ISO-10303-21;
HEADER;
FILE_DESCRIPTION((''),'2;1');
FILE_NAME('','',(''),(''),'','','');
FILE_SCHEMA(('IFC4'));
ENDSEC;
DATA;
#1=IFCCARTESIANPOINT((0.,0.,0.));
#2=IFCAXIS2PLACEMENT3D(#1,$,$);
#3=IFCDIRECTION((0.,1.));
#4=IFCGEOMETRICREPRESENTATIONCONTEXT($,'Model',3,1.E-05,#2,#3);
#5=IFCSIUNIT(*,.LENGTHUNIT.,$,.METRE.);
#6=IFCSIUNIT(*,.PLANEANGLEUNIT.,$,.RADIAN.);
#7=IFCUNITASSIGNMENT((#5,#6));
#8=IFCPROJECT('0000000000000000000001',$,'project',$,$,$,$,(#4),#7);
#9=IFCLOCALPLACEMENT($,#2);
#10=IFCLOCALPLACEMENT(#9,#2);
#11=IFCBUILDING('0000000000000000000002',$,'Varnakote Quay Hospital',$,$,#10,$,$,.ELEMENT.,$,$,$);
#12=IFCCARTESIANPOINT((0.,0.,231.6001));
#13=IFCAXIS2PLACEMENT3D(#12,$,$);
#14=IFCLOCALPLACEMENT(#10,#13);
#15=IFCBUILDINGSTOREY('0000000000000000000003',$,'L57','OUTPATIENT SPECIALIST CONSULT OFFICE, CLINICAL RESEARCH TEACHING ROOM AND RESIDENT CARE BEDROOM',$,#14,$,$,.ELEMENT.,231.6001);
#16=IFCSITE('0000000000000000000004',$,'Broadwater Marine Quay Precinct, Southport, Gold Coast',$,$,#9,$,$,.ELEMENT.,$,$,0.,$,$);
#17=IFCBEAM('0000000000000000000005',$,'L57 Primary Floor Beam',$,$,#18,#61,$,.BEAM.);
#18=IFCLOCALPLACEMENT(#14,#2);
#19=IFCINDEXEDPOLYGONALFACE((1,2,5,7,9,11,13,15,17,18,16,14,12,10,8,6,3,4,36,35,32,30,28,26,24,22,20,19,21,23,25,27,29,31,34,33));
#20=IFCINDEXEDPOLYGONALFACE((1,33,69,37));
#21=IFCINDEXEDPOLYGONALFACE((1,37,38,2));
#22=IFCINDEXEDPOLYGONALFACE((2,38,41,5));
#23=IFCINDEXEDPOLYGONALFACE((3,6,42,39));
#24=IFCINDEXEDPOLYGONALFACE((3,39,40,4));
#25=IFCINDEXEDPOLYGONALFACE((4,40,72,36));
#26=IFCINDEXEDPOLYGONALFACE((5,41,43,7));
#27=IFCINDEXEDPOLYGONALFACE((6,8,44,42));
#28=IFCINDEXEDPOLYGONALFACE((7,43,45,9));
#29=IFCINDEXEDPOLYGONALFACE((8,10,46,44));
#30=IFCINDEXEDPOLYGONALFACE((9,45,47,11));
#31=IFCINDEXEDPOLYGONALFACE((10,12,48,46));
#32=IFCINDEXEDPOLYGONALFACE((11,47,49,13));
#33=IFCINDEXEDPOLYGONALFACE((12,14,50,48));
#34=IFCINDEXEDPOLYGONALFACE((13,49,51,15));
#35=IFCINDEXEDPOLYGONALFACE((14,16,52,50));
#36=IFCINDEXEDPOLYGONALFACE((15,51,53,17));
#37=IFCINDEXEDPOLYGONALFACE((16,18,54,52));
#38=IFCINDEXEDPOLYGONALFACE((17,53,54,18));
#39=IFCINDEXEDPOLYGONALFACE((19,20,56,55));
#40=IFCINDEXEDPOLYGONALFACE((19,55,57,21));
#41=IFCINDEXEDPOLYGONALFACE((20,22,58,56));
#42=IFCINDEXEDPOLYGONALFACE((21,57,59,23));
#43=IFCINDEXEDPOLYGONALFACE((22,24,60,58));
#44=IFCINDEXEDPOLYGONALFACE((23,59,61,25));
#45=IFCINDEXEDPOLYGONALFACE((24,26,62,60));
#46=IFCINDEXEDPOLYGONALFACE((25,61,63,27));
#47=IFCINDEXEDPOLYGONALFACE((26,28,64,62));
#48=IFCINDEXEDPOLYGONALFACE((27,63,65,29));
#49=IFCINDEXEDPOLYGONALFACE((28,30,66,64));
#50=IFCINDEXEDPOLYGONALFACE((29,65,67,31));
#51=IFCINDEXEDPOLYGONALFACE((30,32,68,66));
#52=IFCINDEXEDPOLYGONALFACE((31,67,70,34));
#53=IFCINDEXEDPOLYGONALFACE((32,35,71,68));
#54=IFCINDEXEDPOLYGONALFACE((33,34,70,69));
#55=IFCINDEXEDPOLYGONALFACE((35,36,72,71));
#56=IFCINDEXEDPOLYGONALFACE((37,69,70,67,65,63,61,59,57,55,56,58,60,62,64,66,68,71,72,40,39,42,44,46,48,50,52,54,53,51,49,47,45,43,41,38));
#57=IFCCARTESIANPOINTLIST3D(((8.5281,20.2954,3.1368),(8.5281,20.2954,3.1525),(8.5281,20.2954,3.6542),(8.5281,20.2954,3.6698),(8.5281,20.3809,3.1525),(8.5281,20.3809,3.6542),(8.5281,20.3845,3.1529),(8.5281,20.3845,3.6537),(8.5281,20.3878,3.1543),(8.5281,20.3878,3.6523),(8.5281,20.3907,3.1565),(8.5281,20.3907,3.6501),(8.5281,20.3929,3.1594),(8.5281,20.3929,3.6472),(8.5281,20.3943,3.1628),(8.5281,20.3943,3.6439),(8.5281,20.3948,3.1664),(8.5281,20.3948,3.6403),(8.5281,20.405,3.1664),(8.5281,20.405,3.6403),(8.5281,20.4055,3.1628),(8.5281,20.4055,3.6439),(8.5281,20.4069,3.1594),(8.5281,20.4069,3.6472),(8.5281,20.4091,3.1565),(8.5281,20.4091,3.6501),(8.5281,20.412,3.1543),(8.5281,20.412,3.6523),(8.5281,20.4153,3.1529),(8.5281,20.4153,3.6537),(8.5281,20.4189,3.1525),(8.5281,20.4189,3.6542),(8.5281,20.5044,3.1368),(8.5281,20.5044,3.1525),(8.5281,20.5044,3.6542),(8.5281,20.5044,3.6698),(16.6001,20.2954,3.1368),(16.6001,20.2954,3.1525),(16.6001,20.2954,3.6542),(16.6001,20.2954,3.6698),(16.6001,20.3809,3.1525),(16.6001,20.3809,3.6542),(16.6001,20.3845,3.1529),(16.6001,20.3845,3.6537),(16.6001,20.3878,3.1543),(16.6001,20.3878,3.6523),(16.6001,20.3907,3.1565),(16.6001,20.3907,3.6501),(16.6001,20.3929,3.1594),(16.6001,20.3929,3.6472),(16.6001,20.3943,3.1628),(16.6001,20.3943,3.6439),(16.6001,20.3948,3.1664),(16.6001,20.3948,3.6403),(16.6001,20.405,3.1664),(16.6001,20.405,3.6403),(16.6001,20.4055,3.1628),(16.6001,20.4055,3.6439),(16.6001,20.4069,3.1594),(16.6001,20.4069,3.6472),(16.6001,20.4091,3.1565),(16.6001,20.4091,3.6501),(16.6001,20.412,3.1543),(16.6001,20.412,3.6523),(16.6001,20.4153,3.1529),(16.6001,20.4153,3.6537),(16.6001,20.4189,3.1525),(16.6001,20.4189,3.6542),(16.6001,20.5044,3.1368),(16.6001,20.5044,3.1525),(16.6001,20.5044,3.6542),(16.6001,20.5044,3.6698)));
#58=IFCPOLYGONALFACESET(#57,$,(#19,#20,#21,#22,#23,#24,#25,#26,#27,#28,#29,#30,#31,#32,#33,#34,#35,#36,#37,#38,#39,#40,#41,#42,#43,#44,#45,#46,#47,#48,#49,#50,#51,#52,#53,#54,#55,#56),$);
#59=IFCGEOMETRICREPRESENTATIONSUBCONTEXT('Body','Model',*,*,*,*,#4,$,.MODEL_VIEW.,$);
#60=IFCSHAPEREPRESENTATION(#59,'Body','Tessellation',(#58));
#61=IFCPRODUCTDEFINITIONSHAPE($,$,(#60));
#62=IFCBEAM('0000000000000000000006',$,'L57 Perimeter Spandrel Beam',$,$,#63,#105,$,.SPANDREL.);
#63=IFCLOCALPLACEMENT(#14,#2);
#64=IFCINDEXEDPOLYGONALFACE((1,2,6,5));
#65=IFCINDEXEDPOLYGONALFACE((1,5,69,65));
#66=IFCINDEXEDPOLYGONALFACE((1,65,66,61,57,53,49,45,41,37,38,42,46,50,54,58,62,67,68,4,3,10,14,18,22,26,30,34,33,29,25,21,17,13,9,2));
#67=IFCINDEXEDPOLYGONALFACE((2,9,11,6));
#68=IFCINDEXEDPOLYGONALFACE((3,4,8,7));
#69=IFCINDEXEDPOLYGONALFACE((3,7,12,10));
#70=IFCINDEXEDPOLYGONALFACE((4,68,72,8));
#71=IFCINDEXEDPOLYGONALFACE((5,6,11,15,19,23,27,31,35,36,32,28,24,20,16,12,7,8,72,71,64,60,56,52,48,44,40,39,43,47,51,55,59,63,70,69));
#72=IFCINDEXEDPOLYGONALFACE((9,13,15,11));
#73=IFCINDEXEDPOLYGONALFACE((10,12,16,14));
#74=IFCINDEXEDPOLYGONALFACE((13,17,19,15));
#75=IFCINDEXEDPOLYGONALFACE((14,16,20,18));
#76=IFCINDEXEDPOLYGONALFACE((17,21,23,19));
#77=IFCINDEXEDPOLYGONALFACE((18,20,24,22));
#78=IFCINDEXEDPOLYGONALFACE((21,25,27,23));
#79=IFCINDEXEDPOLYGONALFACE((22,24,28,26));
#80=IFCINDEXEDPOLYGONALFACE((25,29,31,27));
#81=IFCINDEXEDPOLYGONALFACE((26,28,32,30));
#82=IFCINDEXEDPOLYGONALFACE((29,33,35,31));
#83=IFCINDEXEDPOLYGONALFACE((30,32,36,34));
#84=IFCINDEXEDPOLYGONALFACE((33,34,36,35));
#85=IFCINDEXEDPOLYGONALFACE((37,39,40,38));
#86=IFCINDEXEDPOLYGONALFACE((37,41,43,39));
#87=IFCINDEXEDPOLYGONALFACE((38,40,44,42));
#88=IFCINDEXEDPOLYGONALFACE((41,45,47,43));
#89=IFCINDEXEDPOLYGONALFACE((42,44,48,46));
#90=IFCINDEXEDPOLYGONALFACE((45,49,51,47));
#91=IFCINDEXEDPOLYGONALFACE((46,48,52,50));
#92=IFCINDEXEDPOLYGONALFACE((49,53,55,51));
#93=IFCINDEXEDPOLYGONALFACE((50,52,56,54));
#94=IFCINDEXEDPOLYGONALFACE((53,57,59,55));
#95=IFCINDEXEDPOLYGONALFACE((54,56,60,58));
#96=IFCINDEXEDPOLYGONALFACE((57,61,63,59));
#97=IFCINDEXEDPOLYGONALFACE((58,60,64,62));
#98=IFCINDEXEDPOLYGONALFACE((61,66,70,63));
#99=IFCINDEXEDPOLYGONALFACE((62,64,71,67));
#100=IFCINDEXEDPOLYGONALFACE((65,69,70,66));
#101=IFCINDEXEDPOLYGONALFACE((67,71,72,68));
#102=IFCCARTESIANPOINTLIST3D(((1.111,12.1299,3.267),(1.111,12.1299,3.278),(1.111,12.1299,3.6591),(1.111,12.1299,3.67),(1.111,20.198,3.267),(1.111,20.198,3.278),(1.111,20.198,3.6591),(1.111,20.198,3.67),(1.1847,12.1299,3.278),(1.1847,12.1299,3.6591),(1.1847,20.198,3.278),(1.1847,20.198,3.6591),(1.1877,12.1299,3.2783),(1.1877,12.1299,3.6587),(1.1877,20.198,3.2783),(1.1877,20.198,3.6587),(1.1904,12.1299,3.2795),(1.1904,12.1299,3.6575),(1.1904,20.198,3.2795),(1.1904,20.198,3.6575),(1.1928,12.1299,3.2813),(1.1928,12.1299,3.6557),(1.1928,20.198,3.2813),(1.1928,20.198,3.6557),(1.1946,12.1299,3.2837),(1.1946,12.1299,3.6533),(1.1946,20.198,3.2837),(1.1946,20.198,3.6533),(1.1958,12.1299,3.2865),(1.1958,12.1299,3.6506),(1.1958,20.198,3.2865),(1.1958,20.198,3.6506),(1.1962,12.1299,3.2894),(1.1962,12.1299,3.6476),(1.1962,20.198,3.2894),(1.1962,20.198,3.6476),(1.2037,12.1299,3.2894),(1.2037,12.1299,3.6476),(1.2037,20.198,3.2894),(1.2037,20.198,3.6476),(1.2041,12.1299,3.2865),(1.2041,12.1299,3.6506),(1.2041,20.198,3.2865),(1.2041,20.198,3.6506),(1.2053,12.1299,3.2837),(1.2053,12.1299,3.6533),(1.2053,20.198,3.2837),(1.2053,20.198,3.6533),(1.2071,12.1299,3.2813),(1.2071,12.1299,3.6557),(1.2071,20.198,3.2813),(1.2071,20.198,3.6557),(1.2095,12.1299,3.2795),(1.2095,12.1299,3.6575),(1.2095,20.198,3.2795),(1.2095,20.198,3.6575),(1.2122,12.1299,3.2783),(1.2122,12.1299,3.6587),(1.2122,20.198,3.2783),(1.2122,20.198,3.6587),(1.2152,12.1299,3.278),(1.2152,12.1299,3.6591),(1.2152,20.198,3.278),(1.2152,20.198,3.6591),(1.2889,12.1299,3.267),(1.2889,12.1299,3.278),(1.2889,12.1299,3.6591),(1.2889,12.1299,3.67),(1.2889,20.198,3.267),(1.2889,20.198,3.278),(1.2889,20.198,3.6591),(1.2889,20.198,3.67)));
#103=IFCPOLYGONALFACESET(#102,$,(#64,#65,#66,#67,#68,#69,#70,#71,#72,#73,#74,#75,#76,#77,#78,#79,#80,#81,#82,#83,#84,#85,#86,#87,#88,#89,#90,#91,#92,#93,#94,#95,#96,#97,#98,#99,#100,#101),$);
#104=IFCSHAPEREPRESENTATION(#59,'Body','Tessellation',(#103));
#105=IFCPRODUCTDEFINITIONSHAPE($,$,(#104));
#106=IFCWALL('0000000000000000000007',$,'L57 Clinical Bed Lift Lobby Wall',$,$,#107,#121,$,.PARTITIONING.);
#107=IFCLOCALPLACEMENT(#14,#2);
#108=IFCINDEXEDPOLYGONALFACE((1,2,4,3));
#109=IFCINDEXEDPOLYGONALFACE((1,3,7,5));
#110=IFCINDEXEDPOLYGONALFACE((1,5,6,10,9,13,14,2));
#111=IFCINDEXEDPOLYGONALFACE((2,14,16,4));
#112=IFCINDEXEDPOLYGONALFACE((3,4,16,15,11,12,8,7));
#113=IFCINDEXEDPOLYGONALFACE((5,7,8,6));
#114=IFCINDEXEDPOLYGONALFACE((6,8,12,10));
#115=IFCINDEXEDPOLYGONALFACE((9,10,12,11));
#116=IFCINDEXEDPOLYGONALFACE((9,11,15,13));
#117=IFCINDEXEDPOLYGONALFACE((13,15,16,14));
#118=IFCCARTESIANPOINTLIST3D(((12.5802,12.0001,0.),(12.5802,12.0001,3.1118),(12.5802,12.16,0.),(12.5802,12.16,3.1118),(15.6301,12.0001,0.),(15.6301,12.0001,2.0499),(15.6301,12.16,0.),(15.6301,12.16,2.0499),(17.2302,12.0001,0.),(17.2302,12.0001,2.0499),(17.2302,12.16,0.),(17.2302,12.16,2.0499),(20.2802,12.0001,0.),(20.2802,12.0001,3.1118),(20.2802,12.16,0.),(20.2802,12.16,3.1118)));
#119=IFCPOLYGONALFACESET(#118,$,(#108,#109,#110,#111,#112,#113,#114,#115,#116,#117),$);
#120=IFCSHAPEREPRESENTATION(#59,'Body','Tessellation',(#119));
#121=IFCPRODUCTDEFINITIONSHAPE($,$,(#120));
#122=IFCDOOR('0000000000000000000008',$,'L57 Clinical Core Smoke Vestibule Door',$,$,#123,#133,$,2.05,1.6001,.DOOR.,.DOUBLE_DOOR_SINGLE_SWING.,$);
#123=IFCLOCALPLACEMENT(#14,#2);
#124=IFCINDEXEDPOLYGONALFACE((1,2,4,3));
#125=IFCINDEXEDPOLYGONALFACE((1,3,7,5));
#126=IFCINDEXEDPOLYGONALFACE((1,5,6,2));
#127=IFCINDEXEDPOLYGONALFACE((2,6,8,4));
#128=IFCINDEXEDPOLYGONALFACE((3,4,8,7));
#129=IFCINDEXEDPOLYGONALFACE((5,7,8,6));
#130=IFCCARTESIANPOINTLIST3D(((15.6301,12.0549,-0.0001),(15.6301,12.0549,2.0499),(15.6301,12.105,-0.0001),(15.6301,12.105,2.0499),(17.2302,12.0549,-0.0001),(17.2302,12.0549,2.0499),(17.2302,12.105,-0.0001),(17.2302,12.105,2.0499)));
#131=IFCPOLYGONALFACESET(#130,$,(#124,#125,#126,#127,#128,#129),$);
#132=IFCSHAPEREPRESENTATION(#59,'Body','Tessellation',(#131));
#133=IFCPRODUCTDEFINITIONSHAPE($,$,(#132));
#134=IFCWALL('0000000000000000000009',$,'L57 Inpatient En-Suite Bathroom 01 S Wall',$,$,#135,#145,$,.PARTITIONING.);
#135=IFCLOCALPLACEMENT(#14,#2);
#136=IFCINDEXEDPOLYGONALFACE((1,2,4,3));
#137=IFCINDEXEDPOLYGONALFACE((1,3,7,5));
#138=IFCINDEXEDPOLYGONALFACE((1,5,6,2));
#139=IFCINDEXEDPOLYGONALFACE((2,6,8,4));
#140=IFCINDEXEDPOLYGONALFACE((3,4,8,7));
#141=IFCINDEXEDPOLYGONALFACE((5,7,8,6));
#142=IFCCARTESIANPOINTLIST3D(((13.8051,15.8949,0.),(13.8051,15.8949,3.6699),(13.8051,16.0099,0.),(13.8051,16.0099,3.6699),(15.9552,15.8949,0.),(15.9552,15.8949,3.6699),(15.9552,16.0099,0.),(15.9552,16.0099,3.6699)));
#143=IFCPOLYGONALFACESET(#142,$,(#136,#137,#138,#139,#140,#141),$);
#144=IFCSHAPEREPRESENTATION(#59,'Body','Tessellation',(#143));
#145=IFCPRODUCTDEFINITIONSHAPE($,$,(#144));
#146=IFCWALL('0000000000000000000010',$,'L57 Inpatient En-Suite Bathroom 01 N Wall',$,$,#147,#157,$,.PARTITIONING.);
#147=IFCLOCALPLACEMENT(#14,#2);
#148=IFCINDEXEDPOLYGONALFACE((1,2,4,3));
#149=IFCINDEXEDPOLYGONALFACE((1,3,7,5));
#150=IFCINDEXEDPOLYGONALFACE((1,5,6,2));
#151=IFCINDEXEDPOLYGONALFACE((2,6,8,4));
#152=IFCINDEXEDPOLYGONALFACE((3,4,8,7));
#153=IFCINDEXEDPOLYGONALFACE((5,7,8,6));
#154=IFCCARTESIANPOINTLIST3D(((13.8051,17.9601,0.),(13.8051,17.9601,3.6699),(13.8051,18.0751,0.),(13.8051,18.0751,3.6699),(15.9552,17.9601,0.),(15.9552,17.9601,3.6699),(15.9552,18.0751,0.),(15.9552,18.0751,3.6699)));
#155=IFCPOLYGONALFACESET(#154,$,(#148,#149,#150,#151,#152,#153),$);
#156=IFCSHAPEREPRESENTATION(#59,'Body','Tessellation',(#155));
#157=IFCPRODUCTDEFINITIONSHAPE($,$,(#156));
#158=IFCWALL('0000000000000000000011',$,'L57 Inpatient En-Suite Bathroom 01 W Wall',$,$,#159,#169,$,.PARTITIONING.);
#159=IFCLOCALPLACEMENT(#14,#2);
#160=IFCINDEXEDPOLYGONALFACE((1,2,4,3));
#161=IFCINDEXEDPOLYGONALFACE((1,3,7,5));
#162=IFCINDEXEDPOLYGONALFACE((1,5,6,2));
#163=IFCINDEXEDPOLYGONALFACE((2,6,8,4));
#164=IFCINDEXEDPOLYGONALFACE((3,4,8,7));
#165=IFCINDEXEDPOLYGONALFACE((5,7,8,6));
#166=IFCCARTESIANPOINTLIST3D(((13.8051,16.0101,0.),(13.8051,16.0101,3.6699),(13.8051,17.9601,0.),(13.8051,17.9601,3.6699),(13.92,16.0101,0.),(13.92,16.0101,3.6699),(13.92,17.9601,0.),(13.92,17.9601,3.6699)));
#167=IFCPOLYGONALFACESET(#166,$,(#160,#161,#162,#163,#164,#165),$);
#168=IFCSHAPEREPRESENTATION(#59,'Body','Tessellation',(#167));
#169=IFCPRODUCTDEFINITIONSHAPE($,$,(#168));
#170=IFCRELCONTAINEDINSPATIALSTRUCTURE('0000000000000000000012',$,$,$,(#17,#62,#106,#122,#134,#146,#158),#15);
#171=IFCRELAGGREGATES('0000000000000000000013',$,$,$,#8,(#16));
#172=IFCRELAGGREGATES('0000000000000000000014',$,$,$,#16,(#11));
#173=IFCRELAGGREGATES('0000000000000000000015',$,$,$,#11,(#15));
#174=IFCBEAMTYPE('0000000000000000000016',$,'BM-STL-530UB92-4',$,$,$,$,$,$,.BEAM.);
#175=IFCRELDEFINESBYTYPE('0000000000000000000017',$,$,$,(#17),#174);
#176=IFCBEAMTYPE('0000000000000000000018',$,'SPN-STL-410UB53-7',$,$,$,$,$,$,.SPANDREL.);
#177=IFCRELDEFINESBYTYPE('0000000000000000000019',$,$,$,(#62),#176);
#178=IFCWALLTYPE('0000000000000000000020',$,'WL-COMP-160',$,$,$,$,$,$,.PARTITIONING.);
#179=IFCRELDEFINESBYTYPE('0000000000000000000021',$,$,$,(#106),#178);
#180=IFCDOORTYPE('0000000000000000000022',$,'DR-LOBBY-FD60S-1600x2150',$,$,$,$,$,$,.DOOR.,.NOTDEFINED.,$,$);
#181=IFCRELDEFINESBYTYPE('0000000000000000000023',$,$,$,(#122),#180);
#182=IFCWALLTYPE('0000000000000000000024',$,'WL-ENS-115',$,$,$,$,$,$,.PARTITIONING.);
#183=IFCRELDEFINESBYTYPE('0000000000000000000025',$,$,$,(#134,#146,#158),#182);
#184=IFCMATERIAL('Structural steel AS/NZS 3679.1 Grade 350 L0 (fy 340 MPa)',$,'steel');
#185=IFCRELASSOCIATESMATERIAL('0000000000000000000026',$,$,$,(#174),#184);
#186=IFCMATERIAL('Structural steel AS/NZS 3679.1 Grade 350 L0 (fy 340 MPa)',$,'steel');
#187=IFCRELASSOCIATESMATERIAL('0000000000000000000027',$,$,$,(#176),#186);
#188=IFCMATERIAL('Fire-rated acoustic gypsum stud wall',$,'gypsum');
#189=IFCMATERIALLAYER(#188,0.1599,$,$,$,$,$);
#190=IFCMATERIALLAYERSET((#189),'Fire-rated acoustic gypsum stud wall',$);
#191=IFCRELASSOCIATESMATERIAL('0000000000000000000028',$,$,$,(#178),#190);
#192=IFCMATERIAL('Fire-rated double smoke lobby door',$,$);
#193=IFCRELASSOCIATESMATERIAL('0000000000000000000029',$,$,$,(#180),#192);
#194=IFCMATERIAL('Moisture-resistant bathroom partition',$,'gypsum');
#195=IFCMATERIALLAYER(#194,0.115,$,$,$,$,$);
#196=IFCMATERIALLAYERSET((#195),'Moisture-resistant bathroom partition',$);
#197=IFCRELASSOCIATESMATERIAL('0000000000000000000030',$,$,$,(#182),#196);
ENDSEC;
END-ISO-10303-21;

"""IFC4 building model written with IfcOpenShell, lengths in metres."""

from ifc_helpers import new_model, si_unit, direction, frame, frame_2d, origin, origin_2d, place, context, subcontext, project, spatial, rectangle, i_section, extrude, material, layer, layer_set, material_profile, profile_set, type_object, element, fill, save


model = new_model("IFC4")

# Units and contexts
model_context = context("Model", 3, precision=1e-05, world=origin(), true_north=direction((0.0, 1.0)))
body_context = subcontext(model_context, "Body", "Model", "MODEL_VIEW")
ifc_project = project(units=[si_unit("LENGTHUNIT", "METRE"), si_unit("PLANEANGLEUNIT", "RADIAN")], contexts=[model_context])

# Site, building, storey
site_placement = place(None, origin())
site = spatial("IfcSite", under=ifc_project, at=site_placement, Name="Broadwater Marine Quay Precinct, Southport, Gold Coast", CompositionType="ELEMENT", RefElevation=0.0)
building_placement = place(site_placement, origin())
building = spatial("IfcBuilding", under=site, at=building_placement, Name="Varnakote Quay Hospital", CompositionType="ELEMENT")
storey_placement = place(building_placement, frame((0.0, 0.0, 231.6001)))
storey = spatial("IfcBuildingStorey", under=building, at=storey_placement, Name="L57", Description="OUTPATIENT SPECIALIST CONSULT OFFICE, CLINICAL RESEARCH TEACHING ROOM AND RESIDENT CARE BEDROOM", CompositionType="ELEMENT", Elevation=231.6001)

# Beams
ifc_material_1 = material(Name="Structural steel AS/NZS 3679.1 Grade 350 L0 (fy 340 MPa)", Category="steel")
ifc_material_profile_1 = material_profile(ifc_material_1, i_section(OverallWidth=0.209, OverallDepth=0.533, WebThickness=0.0103, FlangeThickness=0.0156, FilletRadius=0.0139, at=origin_2d()), Name="530UB92.4")
ifc_profile_set_1 = profile_set([ifc_material_profile_1], Name="Structural steel AS/NZS 3679.1 Grade 350 L0 (fy 340 MPa)")
beam_type_1 = type_object("IfcBeamType", Name="BM-STL-530UB92-4", PredefinedType="BEAM", material=ifc_profile_set_1)
beam_1_placement = place(storey_placement, frame((8.5281, 20.3999, 3.4033), z_axis=(1.0, 0.0, 0.0), x_axis=(0.0, 1.0, 0.0)))
element("IfcBeam", 1, at=beam_1_placement, inside=storey, type_object=beam_type_1, Name="L57 Primary Floor Beam", PredefinedType="BEAM", context=body_context, shape_type="SweptSolid", body=[
    extrude(i_section(OverallWidth=0.209, OverallDepth=0.533, WebThickness=0.0103, FlangeThickness=0.0156, FilletRadius=0.0139, at=origin_2d()), origin(), (0.0, 0.0, 1.0), 8.072),
])
ifc_material_2 = material(Name="Structural steel AS/NZS 3679.1 Grade 350 L0 (fy 340 MPa)", Category="steel")
ifc_material_profile_2 = material_profile(ifc_material_2, i_section(OverallWidth=0.178, OverallDepth=0.4031, WebThickness=0.0076, FlangeThickness=0.011, FilletRadius=0.0115, at=origin_2d()), Name="410UB53.7")
ifc_profile_set_2 = profile_set([ifc_material_profile_2], Name="Structural steel AS/NZS 3679.1 Grade 350 L0 (fy 340 MPa)")
beam_type_2 = type_object("IfcBeamType", Name="SPN-STL-410UB53-7", PredefinedType="SPANDREL", material=ifc_profile_set_2)
beam_2_placement = place(storey_placement, frame((1.2, 12.1299, 3.4685), z_axis=(0.0, 1.0, 0.0), x_axis=(-1.0, 0.0, 0.0)))
element("IfcBeam", 2, at=beam_2_placement, inside=storey, type_object=beam_type_2, Name="L57 Perimeter Spandrel Beam", PredefinedType="SPANDREL", context=body_context, shape_type="SweptSolid", body=[
    extrude(i_section(OverallWidth=0.178, OverallDepth=0.4031, WebThickness=0.0076, FlangeThickness=0.011, FilletRadius=0.0115, at=origin_2d()), origin(), (0.0, 0.0, 1.0), 8.0681),
])

# Wall, opening, door
ifc_material_3 = material(Name="Fire-rated acoustic gypsum stud wall", Category="gypsum")
ifc_layer_1 = layer(ifc_material_3, 0.1599)
ifc_layer_set_1 = layer_set([ifc_layer_1], Name="Fire-rated acoustic gypsum stud wall")
wall_type_1 = type_object("IfcWallType", Name="WL-COMP-160", PredefinedType="PARTITIONING", material=ifc_layer_set_1)
wall_1_placement = place(storey_placement, frame((12.5801, 12.0801, 0.0), z_axis=(0.0, 0.0, 1.0), x_axis=(1.0, 0.0, 0.0)))
wall_1 = element("IfcWall", 3, at=wall_1_placement, inside=storey, type_object=wall_type_1, Name="L57 Clinical Bed Lift Lobby Wall", PredefinedType="PARTITIONING", context=body_context, shape_type="SweptSolid", body=[
    extrude(rectangle(XDim=7.7, YDim=0.1599, at=frame_2d((3.8501, 0.0))), origin(), (0.0, 0.0, 1.0), 3.1118),
])
opening_1_placement = place(wall_1_placement, frame((3.05, 0.0, 0.0)))
opening_1 = element("IfcOpeningElement", 4, at=opening_1_placement, cuts=wall_1, PredefinedType="OPENING", context=body_context, shape_type="SweptSolid", body=[
    extrude(rectangle(XDim=1.6001, YDim=2.05, at=frame_2d((0.8, 1.0249))), frame((0.0, 0.0898, 0.0), z_axis=(0.0, -1.0, 0.0), x_axis=(1.0, 0.0, 0.0)), (0.0, 0.0, 1.0), 0.1799),
])
ifc_material_4 = material(Name="Fire-rated double smoke lobby door")
door_type_1 = type_object("IfcDoorType", Name="DR-LOBBY-FD60S-1600x2150", OperationType="NOTDEFINED", PredefinedType="DOOR", material=ifc_material_4)
door_1_placement = place(opening_1_placement, origin())
door_1 = element("IfcDoor", 5, at=door_1_placement, inside=storey, type_object=door_type_1, Name="L57 Clinical Core Smoke Vestibule Door", OperationType="DOUBLE_DOOR_SINGLE_SWING", OverallHeight=2.05, OverallWidth=1.6001, PredefinedType="DOOR", context=body_context, shape_type="SweptSolid", body=[
    extrude(rectangle(XDim=1.6001, YDim=2.05, at=frame_2d((0.8, 1.0249))), frame((0.0, 0.0249, 0.0), z_axis=(0.0, -1.0, 0.0), x_axis=(1.0, 0.0, 0.0)), (0.0, 0.0, 1.0), 0.05),
])
fill(opening_1, door_1)

# Walls
ifc_material_5 = material(Name="Moisture-resistant bathroom partition", Category="gypsum")
ifc_layer_2 = layer(ifc_material_5, 0.115)
ifc_layer_set_2 = layer_set([ifc_layer_2], Name="Moisture-resistant bathroom partition")
wall_type_2 = type_object("IfcWallType", Name="WL-ENS-115", PredefinedType="PARTITIONING", material=ifc_layer_set_2)
for number, where, z_axis, x_axis, name in (
    (6, (13.8049, 15.9524, 0.0), (0.0, 0.0, 1.0), (1.0, 0.0, 0.0), "L57 Inpatient En-Suite Bathroom 01 S Wall"),
    (7, (13.8049, 18.0176, 0.0), (0.0, 0.0, 1.0), (1.0, 0.0, 0.0), "L57 Inpatient En-Suite Bathroom 01 N Wall"),
):
    element("IfcWall", number, at=place(storey_placement, frame(where, z_axis=z_axis, x_axis=x_axis)), inside=storey, type_object=wall_type_2, Name=name, PredefinedType="PARTITIONING", context=body_context, shape_type="SweptSolid", body=[
        extrude(rectangle(XDim=2.1501, YDim=0.115, at=frame_2d((1.0752, 0.0))), origin(), (0.0, 0.0, 1.0), 3.6699),
    ])
wall_2_placement = place(storey_placement, frame((13.8625, 16.01, 0.0), z_axis=(0.0, 0.0, 1.0), x_axis=(0.0, 1.0, 0.0)))
element("IfcWall", 8, at=wall_2_placement, inside=storey, type_object=wall_type_2, Name="L57 Inpatient En-Suite Bathroom 01 W Wall", PredefinedType="PARTITIONING", context=body_context, shape_type="SweptSolid", body=[
    extrude(rectangle(XDim=1.95, YDim=0.115, at=frame_2d((0.9751, 0.0))), origin(), (0.0, 0.0, 1.0), 3.6699),
])

save(model, "model.ifc")
